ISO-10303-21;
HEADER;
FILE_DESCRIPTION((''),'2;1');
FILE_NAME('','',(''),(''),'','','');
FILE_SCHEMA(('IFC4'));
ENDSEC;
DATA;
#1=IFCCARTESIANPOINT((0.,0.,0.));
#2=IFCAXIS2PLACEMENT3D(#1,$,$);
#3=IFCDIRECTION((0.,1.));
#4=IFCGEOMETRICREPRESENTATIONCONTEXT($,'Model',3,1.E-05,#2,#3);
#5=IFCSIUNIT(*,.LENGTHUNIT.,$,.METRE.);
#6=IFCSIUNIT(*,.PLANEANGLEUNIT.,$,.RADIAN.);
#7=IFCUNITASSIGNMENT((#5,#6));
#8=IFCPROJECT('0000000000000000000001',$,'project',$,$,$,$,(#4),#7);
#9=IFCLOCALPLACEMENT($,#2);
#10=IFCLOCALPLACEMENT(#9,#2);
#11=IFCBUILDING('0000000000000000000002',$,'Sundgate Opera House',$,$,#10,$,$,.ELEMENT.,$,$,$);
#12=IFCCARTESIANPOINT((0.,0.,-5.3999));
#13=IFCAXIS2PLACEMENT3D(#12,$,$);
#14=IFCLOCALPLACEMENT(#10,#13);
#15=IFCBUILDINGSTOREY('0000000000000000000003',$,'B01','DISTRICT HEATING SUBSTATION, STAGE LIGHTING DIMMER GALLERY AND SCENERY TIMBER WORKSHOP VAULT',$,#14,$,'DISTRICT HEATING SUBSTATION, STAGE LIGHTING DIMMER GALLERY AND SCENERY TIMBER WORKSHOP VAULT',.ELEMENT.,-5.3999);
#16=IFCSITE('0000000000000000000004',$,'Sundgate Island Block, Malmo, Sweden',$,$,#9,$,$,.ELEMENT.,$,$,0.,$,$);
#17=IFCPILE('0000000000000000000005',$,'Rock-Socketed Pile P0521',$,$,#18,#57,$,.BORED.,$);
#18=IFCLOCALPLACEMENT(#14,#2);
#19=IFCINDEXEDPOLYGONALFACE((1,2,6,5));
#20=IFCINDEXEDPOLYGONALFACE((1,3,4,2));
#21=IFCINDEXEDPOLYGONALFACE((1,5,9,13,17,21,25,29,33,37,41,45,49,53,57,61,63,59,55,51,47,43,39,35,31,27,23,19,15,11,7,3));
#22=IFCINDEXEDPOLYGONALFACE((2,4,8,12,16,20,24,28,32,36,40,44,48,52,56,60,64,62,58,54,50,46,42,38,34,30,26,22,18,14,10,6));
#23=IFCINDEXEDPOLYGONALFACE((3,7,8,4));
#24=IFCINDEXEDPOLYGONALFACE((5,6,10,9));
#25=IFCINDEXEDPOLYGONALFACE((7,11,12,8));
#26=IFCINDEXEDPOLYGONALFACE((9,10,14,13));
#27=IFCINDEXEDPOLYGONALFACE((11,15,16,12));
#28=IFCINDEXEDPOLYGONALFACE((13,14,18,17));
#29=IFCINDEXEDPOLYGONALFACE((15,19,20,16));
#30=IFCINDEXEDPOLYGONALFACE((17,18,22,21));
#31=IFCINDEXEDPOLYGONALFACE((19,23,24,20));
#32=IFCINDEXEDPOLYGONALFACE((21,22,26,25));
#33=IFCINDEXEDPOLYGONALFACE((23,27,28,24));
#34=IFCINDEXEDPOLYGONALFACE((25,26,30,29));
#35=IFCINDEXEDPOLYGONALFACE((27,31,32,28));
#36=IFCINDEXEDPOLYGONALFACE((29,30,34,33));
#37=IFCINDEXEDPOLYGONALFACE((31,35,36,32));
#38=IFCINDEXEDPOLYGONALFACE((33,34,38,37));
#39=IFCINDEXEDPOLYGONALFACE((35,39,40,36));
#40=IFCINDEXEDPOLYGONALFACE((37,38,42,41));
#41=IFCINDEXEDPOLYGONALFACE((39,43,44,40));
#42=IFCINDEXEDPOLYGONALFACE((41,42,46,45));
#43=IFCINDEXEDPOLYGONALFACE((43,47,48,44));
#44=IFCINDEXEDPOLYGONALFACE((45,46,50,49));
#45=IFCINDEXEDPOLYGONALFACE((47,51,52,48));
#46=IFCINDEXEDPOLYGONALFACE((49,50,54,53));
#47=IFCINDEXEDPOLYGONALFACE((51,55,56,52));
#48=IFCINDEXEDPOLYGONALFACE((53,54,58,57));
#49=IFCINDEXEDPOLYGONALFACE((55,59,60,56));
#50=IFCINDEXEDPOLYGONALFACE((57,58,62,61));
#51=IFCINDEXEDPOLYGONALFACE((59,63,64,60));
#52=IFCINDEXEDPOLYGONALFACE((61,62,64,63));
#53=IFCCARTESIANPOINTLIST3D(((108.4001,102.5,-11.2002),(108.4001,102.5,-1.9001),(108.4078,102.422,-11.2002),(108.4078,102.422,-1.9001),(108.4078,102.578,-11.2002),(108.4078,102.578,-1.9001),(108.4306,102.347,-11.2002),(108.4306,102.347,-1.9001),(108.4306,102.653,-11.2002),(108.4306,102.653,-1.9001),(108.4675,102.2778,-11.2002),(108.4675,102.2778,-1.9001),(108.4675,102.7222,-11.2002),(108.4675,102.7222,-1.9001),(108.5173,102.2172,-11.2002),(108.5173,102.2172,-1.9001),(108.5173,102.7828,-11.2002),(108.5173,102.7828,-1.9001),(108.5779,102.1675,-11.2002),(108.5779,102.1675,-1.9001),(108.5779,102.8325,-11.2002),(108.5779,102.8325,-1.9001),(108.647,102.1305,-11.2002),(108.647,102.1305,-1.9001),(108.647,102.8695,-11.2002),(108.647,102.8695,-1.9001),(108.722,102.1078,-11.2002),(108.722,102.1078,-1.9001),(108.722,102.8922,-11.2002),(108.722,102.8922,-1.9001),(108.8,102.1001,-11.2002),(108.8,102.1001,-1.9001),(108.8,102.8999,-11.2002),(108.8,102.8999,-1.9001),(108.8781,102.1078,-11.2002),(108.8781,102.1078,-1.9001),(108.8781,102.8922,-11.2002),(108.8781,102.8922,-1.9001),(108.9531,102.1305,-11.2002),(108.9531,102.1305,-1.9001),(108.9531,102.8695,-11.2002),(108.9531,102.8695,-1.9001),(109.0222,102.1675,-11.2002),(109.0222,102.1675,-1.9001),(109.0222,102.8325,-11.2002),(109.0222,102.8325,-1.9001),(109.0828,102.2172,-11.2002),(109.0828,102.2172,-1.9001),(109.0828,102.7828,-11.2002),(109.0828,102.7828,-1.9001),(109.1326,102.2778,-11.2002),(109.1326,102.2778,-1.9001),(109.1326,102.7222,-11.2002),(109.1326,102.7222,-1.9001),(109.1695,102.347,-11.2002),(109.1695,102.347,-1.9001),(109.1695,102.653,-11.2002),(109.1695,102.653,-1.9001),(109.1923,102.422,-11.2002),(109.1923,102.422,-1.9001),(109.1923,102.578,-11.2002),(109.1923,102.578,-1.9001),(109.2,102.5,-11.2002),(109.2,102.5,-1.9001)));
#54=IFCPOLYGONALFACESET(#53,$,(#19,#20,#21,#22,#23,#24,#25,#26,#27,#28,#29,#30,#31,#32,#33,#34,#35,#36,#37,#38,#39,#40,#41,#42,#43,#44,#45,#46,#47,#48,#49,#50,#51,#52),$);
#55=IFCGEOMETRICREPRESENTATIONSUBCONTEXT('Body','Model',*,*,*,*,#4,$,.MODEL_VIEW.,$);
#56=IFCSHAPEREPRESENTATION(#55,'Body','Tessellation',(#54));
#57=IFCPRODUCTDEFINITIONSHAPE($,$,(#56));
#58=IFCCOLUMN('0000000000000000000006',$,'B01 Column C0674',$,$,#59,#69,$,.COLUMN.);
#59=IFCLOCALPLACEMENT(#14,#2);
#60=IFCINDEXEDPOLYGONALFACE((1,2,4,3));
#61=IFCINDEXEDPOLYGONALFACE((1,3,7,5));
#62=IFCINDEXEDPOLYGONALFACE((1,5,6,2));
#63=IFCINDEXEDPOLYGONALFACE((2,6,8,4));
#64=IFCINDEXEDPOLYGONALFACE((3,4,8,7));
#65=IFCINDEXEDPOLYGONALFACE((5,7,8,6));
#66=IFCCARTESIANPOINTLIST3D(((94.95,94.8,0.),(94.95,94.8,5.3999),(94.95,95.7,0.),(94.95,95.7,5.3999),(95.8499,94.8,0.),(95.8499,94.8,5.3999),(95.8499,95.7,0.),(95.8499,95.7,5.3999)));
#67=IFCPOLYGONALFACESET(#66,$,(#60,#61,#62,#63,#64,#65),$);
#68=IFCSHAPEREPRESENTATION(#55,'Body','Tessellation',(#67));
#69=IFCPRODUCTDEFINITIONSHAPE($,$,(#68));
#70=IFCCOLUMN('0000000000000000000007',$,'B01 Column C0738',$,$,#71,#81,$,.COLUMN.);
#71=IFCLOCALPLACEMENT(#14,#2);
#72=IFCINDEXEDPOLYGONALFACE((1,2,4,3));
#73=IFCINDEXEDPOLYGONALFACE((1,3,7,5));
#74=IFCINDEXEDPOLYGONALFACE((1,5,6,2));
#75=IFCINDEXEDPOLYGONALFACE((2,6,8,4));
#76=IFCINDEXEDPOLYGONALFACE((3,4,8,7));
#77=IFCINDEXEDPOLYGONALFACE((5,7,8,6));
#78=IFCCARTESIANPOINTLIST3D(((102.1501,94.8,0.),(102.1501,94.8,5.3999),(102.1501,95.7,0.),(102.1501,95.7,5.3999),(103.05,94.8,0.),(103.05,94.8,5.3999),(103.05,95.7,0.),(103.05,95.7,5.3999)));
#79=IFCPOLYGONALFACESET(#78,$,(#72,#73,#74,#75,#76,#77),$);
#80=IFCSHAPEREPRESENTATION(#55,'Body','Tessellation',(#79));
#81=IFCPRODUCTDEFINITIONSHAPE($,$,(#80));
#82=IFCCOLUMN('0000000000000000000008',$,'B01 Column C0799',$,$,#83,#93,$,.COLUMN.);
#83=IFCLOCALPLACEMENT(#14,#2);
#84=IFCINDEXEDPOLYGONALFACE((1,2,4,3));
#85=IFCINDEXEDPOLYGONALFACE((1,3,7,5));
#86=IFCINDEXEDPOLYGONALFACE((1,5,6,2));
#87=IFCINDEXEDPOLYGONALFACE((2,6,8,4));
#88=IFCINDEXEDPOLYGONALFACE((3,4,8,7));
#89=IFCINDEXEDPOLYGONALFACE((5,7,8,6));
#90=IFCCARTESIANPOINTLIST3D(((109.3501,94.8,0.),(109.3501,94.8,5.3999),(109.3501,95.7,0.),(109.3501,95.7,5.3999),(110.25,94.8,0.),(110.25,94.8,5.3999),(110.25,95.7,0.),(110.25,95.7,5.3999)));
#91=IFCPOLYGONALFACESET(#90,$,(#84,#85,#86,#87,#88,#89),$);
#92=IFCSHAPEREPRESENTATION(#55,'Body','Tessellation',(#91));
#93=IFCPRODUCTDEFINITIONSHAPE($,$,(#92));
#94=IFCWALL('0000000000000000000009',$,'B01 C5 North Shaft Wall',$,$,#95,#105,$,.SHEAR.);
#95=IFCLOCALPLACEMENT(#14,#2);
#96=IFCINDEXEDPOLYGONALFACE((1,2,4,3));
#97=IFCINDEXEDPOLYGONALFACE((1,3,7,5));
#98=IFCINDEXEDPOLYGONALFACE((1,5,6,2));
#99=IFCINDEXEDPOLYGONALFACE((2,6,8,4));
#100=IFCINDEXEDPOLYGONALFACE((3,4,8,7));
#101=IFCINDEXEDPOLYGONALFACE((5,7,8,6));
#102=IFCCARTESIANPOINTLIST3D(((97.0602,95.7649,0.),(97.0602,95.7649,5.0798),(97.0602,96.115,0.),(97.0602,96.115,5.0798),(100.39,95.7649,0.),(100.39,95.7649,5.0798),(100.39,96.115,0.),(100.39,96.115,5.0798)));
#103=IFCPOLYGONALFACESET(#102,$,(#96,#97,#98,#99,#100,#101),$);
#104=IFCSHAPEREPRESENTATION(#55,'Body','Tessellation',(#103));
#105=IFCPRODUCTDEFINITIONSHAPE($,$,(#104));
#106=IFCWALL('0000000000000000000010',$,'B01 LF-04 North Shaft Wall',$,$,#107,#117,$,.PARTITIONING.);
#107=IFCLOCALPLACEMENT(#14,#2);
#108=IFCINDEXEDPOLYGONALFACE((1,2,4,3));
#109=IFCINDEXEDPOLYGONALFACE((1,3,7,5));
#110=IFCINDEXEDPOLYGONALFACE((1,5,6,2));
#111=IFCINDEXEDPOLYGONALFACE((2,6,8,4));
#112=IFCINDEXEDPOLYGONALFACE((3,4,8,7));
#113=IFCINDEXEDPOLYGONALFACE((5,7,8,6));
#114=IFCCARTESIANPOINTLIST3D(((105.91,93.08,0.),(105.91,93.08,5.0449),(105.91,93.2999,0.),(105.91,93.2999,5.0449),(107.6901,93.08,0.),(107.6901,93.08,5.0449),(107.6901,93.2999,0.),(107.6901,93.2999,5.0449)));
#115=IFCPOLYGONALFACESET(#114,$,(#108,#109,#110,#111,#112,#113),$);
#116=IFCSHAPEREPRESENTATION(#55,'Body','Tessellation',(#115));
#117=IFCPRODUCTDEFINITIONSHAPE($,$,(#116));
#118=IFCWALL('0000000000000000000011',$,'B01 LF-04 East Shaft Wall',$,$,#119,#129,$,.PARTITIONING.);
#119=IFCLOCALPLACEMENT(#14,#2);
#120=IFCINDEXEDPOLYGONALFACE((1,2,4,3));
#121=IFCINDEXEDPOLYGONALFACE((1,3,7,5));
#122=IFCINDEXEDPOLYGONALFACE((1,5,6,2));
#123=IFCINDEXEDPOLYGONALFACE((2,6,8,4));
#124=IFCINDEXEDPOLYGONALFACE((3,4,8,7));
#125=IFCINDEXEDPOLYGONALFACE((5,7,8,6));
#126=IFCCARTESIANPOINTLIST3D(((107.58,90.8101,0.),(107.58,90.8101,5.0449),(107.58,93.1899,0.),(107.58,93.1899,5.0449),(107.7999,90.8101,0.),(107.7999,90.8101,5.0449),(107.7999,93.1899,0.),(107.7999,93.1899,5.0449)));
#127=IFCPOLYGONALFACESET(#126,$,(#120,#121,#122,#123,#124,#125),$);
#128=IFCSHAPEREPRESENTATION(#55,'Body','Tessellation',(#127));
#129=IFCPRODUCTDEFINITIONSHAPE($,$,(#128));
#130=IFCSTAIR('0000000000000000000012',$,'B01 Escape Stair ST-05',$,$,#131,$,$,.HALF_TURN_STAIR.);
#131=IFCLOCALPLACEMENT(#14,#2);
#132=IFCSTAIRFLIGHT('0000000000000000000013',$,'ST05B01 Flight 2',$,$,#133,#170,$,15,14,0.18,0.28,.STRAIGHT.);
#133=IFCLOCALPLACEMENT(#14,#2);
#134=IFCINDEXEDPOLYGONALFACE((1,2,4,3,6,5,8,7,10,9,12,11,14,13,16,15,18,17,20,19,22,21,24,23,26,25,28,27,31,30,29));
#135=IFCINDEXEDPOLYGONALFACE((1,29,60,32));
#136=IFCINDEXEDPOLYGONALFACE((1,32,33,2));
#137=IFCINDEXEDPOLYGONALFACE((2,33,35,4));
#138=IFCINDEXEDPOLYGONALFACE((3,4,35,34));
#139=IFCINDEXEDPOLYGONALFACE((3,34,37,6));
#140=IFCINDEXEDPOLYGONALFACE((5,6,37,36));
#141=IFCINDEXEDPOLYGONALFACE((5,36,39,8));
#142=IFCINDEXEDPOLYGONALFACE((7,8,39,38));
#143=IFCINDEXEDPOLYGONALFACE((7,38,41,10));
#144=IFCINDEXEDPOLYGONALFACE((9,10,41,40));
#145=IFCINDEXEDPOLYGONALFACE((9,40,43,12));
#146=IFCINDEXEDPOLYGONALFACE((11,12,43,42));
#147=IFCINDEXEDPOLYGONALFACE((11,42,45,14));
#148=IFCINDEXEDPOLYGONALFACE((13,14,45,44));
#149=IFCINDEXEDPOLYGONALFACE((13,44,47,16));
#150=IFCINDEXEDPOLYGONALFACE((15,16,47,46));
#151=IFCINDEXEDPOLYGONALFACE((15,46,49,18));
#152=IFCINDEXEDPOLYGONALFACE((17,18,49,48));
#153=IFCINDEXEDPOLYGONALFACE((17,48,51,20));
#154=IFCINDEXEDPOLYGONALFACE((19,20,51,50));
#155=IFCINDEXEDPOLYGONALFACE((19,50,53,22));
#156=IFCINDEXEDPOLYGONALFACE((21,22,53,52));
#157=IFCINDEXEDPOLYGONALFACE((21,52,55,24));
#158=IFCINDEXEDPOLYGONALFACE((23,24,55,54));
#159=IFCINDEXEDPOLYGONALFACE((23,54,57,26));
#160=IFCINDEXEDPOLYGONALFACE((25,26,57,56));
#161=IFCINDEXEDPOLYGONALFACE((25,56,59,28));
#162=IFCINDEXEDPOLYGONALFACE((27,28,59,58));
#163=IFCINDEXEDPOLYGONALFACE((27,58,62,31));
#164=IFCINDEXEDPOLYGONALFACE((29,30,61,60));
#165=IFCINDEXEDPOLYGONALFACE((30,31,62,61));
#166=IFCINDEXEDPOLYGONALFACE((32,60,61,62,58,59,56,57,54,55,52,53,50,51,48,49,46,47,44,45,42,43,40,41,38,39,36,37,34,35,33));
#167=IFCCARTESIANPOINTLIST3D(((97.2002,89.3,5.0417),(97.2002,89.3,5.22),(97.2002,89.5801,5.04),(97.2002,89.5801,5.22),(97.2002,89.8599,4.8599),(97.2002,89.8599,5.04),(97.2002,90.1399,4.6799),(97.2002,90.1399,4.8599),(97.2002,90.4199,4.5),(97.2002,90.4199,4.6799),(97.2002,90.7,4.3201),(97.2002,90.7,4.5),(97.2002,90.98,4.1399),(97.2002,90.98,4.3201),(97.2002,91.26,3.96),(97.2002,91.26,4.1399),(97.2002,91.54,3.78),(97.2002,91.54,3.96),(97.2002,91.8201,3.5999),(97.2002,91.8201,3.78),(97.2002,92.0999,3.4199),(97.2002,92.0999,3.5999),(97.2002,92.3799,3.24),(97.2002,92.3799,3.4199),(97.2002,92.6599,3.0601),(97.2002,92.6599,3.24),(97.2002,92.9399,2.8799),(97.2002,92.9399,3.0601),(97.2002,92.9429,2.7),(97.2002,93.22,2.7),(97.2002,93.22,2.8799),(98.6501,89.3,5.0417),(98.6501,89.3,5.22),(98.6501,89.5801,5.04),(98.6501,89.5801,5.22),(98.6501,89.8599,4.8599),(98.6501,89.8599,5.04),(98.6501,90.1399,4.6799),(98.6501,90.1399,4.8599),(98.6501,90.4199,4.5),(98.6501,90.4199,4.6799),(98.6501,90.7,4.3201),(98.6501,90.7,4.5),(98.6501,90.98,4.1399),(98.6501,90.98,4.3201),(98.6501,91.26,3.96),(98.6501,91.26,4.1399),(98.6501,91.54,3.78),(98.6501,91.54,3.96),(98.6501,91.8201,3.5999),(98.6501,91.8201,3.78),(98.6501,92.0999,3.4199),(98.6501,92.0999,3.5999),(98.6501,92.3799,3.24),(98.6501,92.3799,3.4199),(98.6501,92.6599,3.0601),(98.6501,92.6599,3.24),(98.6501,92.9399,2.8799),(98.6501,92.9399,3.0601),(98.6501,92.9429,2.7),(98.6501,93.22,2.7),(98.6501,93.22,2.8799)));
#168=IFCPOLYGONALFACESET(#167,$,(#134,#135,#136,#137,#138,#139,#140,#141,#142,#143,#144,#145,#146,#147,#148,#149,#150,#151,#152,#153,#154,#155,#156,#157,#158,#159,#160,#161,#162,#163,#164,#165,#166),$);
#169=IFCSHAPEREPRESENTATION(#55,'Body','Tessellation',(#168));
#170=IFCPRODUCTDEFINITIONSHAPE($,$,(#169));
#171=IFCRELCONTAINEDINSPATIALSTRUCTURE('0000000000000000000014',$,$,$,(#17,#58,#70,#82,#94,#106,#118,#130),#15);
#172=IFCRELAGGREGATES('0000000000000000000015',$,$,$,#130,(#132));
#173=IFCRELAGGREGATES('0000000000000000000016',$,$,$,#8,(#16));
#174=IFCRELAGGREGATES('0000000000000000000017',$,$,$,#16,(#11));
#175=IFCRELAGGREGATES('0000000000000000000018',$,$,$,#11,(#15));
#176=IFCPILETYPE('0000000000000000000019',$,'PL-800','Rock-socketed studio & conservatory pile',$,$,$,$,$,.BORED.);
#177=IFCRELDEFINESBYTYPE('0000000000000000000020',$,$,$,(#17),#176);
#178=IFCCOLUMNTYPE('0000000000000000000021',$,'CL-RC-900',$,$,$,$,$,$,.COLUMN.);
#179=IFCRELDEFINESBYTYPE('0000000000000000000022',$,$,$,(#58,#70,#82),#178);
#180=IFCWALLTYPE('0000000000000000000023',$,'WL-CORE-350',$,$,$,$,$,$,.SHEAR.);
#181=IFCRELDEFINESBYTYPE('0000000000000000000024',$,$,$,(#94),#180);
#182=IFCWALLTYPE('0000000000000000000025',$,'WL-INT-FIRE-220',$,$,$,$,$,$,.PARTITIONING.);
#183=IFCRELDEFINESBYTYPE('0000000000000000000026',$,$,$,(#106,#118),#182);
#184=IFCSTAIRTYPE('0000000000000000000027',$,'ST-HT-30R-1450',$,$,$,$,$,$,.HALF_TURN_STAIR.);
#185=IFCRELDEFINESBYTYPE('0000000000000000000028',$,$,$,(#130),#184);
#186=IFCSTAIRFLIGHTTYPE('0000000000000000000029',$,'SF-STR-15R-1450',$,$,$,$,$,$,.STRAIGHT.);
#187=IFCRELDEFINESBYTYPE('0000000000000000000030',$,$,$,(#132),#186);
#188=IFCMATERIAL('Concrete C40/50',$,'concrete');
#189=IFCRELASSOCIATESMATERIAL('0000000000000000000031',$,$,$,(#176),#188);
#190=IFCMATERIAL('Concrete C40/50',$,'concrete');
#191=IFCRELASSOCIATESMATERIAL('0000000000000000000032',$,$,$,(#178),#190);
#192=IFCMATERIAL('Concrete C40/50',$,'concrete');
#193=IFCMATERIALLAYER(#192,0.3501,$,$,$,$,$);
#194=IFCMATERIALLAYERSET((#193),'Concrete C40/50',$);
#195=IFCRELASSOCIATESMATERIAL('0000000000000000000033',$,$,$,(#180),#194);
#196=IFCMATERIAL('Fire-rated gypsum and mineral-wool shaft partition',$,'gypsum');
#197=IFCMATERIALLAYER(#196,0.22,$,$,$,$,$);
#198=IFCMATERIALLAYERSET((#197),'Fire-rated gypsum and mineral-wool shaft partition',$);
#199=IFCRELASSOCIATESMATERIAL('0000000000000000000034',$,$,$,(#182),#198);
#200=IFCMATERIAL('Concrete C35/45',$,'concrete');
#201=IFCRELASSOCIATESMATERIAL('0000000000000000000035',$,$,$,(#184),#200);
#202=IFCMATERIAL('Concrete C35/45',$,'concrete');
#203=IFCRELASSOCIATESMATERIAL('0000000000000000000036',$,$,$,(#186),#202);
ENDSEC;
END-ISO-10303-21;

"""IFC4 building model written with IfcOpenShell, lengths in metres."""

from ifc_helpers import new_model, si_unit, direction, frame, frame_2d, origin, origin_2d, place, context, subcontext, project, spatial, polyline, rectangle, circle, outline, extrude, material, layer, layer_set, material_profile, profile_set, type_object, element, aggregate, save


model = new_model("IFC4")

# Units and contexts
model_context = context("Model", 3, precision=1e-05, world=origin(), true_north=direction((0.0, 1.0)))
body_context = subcontext(model_context, "Body", "Model", "MODEL_VIEW")
ifc_project = project(units=[si_unit("LENGTHUNIT", "METRE"), si_unit("PLANEANGLEUNIT", "RADIAN")], contexts=[model_context])

# Site, building, storey
site_placement = place(None, origin())
site = spatial("IfcSite", under=ifc_project, at=site_placement, Name="Sundgate Island Block, Malmo, Sweden", CompositionType="ELEMENT", RefElevation=0.0)
building_placement = place(site_placement, origin())
building = spatial("IfcBuilding", under=site, at=building_placement, Name="Sundgate Opera House", CompositionType="ELEMENT")
storey_placement = place(building_placement, frame((0.0, 0.0, -5.3999)))
storey = spatial("IfcBuildingStorey", under=building, at=storey_placement, Name="B01", Description="DISTRICT HEATING SUBSTATION, STAGE LIGHTING DIMMER GALLERY AND SCENERY TIMBER WORKSHOP VAULT", LongName="DISTRICT HEATING SUBSTATION, STAGE LIGHTING DIMMER GALLERY AND SCENERY TIMBER WORKSHOP VAULT", CompositionType="ELEMENT", Elevation=-5.3999)

# Pile
ifc_material_1 = material(Name="Concrete C40/50", Category="concrete")
ifc_material_profile_1 = material_profile(ifc_material_1, circle(Radius=0.3999, at=origin_2d()), Name="PILE D800")
ifc_profile_set_1 = profile_set([ifc_material_profile_1], Name="Concrete C40/50")
pile_type = type_object("IfcPileType", Name="PL-800", Description="Rock-socketed studio & conservatory pile", PredefinedType="BORED", material=ifc_profile_set_1)
for number, where, z_axis, x_axis, name in (
    (1, (108.8, 102.5, -1.9001), (0.0, 0.0, -1.0), (1.0, 0.0, 0.0), "Rock-Socketed Pile P0521"),
):
    element("IfcPile", number, at=place(storey_placement, frame(where, z_axis=z_axis, x_axis=x_axis)), inside=storey, type_object=pile_type, Name=name, PredefinedType="BORED", context=body_context, shape_type="SweptSolid", body=[
        extrude(circle(Radius=0.3999, at=origin_2d()), origin(), (0.0, 0.0, 1.0), 9.3),
    ])

# Columns
ifc_material_2 = material(Name="Concrete C40/50", Category="concrete")
ifc_material_profile_2 = material_profile(ifc_material_2, rectangle(XDim=0.8999, YDim=0.8999, at=origin_2d()), Name="RC 900x900")
ifc_profile_set_2 = profile_set([ifc_material_profile_2], Name="Concrete C40/50")
column_type = type_object("IfcColumnType", Name="CL-RC-900", PredefinedType="COLUMN", material=ifc_profile_set_2)
for number, where, z_axis, x_axis, name in (
    (2, (95.3999, 95.25, 0.0), (0.0, 0.0, 1.0), (1.0, 0.0, 0.0), "B01 Column C0674"),
    (3, (102.6001, 95.25, 0.0), (0.0, 0.0, 1.0), (1.0, 0.0, 0.0), "B01 Column C0738"),
    (4, (109.8, 95.25, 0.0), (0.0, 0.0, 1.0), (1.0, 0.0, 0.0), "B01 Column C0799"),
):
    element("IfcColumn", number, at=place(storey_placement, frame(where, z_axis=z_axis, x_axis=x_axis)), inside=storey, type_object=column_type, Name=name, PredefinedType="COLUMN", context=body_context, shape_type="SweptSolid", body=[
        extrude(rectangle(XDim=0.8999, YDim=0.8999, at=origin_2d()), origin(), (0.0, 0.0, 1.0), 5.3999),
    ])

# Walls
ifc_material_3 = material(Name="Concrete C40/50", Category="concrete")
ifc_layer_1 = layer(ifc_material_3, 0.3501)
ifc_layer_set_1 = layer_set([ifc_layer_1], Name="Concrete C40/50")
wall_type_1 = type_object("IfcWallType", Name="WL-CORE-350", PredefinedType="SHEAR", material=ifc_layer_set_1)
wall_1_placement = place(storey_placement, frame((97.0601, 95.9399, 0.0), z_axis=(0.0, 0.0, 1.0), x_axis=(1.0, 0.0, 0.0)))
element("IfcWall", 5, at=wall_1_placement, inside=storey, type_object=wall_type_1, Name="B01 C5 North Shaft Wall", PredefinedType="SHEAR", context=body_context, shape_type="SweptSolid", body=[
    extrude(rectangle(XDim=3.3298, YDim=0.3501, at=frame_2d((1.665, 0.0))), origin(), (0.0, 0.0, 1.0), 5.0798),
])
ifc_material_4 = material(Name="Fire-rated gypsum and mineral-wool shaft partition", Category="gypsum")
ifc_layer_2 = layer(ifc_material_4, 0.22)
ifc_layer_set_2 = layer_set([ifc_layer_2], Name="Fire-rated gypsum and mineral-wool shaft partition")
wall_type_2 = type_object("IfcWallType", Name="WL-INT-FIRE-220", PredefinedType="PARTITIONING", material=ifc_layer_set_2)
wall_2_placement = place(storey_placement, frame((105.9099, 93.1899, 0.0), z_axis=(0.0, 0.0, 1.0), x_axis=(1.0, 0.0, 0.0)))
element("IfcWall", 6, at=wall_2_placement, inside=storey, type_object=wall_type_2, Name="B01 LF-04 North Shaft Wall", PredefinedType="PARTITIONING", context=body_context, shape_type="SweptSolid", body=[
    extrude(rectangle(XDim=1.78, YDim=0.22, at=frame_2d((0.8901, 0.0))), origin(), (0.0, 0.0, 1.0), 5.0449),
])
wall_3_placement = place(storey_placement, frame((107.6899, 90.8101, 0.0), z_axis=(0.0, 0.0, 1.0), x_axis=(0.0, 1.0, 0.0)))
element("IfcWall", 7, at=wall_3_placement, inside=storey, type_object=wall_type_2, Name="B01 LF-04 East Shaft Wall", PredefinedType="PARTITIONING", context=body_context, shape_type="SweptSolid", body=[
    extrude(rectangle(XDim=2.3799, YDim=0.22, at=frame_2d((1.1899, 0.0))), origin(), (0.0, 0.0, 1.0), 5.0449),
])

# Stair, stair flight
ifc_material_5 = material(Name="Concrete C35/45", Category="concrete")
stair_type = type_object("IfcStairType", Name="ST-HT-30R-1450", PredefinedType="HALF_TURN_STAIR", material=ifc_material_5)
stair_placement = place(storey_placement, origin())
stair = element("IfcStair", 8, at=stair_placement, inside=storey, type_object=stair_type, Name="B01 Escape Stair ST-05", PredefinedType="HALF_TURN_STAIR")
ifc_material_6 = material(Name="Concrete C35/45", Category="concrete")
stair_flight_type = type_object("IfcStairFlightType", Name="SF-STR-15R-1450", PredefinedType="STRAIGHT", material=ifc_material_6)
stair_flight_placement = place(storey_placement, frame((97.925, 93.22, 2.7), z_axis=(0.0, 0.0, 1.0), x_axis=(0.0, -1.0, 0.0)))
stair_flight = element("IfcStairFlight", 9, at=stair_flight_placement, type_object=stair_flight_type, Name="ST05B01 Flight 2", NumberOfRisers=15, NumberOfTreads=14, PredefinedType="STRAIGHT", RiserHeight=0.18, TreadLength=0.28, context=body_context, shape_type="SweptSolid", body=[
    extrude(outline(polyline([(0.0, 0.0), (0.0, 0.1799), (0.28, 0.1799), (0.28, 0.3601), (0.5601, 0.3601), (0.5601, 0.54), (0.8401, 0.54), (0.8401, 0.72), (1.1201, 0.72), (1.1201, 0.8999), (1.3999, 0.8999), (1.3999, 1.0801), (1.6799, 1.0801), (1.6799, 1.26), (1.96, 1.26), (1.96, 1.4399), (2.24, 1.4399), (2.24, 1.6201), (2.52, 1.6201), (2.52, 1.8), (2.8, 1.8), (2.8, 1.98), (3.0801, 1.98), (3.0801, 2.1599), (3.3601, 2.1599), (3.3601, 2.3401), (3.6399, 2.3401), (3.6399, 2.52), (3.9199, 2.52), (3.9199, 2.7), (3.9199, 2.3418), (0.2771, 0.0), (0.0, 0.0)])), frame((0.0, 0.7251, 0.0), z_axis=(0.0, -1.0, 0.0), x_axis=(1.0, 0.0, 0.0)), (0.0, 0.0, 1.0), 1.45),
])
aggregate(stair, [stair_flight])

save(model, "model.ifc")
